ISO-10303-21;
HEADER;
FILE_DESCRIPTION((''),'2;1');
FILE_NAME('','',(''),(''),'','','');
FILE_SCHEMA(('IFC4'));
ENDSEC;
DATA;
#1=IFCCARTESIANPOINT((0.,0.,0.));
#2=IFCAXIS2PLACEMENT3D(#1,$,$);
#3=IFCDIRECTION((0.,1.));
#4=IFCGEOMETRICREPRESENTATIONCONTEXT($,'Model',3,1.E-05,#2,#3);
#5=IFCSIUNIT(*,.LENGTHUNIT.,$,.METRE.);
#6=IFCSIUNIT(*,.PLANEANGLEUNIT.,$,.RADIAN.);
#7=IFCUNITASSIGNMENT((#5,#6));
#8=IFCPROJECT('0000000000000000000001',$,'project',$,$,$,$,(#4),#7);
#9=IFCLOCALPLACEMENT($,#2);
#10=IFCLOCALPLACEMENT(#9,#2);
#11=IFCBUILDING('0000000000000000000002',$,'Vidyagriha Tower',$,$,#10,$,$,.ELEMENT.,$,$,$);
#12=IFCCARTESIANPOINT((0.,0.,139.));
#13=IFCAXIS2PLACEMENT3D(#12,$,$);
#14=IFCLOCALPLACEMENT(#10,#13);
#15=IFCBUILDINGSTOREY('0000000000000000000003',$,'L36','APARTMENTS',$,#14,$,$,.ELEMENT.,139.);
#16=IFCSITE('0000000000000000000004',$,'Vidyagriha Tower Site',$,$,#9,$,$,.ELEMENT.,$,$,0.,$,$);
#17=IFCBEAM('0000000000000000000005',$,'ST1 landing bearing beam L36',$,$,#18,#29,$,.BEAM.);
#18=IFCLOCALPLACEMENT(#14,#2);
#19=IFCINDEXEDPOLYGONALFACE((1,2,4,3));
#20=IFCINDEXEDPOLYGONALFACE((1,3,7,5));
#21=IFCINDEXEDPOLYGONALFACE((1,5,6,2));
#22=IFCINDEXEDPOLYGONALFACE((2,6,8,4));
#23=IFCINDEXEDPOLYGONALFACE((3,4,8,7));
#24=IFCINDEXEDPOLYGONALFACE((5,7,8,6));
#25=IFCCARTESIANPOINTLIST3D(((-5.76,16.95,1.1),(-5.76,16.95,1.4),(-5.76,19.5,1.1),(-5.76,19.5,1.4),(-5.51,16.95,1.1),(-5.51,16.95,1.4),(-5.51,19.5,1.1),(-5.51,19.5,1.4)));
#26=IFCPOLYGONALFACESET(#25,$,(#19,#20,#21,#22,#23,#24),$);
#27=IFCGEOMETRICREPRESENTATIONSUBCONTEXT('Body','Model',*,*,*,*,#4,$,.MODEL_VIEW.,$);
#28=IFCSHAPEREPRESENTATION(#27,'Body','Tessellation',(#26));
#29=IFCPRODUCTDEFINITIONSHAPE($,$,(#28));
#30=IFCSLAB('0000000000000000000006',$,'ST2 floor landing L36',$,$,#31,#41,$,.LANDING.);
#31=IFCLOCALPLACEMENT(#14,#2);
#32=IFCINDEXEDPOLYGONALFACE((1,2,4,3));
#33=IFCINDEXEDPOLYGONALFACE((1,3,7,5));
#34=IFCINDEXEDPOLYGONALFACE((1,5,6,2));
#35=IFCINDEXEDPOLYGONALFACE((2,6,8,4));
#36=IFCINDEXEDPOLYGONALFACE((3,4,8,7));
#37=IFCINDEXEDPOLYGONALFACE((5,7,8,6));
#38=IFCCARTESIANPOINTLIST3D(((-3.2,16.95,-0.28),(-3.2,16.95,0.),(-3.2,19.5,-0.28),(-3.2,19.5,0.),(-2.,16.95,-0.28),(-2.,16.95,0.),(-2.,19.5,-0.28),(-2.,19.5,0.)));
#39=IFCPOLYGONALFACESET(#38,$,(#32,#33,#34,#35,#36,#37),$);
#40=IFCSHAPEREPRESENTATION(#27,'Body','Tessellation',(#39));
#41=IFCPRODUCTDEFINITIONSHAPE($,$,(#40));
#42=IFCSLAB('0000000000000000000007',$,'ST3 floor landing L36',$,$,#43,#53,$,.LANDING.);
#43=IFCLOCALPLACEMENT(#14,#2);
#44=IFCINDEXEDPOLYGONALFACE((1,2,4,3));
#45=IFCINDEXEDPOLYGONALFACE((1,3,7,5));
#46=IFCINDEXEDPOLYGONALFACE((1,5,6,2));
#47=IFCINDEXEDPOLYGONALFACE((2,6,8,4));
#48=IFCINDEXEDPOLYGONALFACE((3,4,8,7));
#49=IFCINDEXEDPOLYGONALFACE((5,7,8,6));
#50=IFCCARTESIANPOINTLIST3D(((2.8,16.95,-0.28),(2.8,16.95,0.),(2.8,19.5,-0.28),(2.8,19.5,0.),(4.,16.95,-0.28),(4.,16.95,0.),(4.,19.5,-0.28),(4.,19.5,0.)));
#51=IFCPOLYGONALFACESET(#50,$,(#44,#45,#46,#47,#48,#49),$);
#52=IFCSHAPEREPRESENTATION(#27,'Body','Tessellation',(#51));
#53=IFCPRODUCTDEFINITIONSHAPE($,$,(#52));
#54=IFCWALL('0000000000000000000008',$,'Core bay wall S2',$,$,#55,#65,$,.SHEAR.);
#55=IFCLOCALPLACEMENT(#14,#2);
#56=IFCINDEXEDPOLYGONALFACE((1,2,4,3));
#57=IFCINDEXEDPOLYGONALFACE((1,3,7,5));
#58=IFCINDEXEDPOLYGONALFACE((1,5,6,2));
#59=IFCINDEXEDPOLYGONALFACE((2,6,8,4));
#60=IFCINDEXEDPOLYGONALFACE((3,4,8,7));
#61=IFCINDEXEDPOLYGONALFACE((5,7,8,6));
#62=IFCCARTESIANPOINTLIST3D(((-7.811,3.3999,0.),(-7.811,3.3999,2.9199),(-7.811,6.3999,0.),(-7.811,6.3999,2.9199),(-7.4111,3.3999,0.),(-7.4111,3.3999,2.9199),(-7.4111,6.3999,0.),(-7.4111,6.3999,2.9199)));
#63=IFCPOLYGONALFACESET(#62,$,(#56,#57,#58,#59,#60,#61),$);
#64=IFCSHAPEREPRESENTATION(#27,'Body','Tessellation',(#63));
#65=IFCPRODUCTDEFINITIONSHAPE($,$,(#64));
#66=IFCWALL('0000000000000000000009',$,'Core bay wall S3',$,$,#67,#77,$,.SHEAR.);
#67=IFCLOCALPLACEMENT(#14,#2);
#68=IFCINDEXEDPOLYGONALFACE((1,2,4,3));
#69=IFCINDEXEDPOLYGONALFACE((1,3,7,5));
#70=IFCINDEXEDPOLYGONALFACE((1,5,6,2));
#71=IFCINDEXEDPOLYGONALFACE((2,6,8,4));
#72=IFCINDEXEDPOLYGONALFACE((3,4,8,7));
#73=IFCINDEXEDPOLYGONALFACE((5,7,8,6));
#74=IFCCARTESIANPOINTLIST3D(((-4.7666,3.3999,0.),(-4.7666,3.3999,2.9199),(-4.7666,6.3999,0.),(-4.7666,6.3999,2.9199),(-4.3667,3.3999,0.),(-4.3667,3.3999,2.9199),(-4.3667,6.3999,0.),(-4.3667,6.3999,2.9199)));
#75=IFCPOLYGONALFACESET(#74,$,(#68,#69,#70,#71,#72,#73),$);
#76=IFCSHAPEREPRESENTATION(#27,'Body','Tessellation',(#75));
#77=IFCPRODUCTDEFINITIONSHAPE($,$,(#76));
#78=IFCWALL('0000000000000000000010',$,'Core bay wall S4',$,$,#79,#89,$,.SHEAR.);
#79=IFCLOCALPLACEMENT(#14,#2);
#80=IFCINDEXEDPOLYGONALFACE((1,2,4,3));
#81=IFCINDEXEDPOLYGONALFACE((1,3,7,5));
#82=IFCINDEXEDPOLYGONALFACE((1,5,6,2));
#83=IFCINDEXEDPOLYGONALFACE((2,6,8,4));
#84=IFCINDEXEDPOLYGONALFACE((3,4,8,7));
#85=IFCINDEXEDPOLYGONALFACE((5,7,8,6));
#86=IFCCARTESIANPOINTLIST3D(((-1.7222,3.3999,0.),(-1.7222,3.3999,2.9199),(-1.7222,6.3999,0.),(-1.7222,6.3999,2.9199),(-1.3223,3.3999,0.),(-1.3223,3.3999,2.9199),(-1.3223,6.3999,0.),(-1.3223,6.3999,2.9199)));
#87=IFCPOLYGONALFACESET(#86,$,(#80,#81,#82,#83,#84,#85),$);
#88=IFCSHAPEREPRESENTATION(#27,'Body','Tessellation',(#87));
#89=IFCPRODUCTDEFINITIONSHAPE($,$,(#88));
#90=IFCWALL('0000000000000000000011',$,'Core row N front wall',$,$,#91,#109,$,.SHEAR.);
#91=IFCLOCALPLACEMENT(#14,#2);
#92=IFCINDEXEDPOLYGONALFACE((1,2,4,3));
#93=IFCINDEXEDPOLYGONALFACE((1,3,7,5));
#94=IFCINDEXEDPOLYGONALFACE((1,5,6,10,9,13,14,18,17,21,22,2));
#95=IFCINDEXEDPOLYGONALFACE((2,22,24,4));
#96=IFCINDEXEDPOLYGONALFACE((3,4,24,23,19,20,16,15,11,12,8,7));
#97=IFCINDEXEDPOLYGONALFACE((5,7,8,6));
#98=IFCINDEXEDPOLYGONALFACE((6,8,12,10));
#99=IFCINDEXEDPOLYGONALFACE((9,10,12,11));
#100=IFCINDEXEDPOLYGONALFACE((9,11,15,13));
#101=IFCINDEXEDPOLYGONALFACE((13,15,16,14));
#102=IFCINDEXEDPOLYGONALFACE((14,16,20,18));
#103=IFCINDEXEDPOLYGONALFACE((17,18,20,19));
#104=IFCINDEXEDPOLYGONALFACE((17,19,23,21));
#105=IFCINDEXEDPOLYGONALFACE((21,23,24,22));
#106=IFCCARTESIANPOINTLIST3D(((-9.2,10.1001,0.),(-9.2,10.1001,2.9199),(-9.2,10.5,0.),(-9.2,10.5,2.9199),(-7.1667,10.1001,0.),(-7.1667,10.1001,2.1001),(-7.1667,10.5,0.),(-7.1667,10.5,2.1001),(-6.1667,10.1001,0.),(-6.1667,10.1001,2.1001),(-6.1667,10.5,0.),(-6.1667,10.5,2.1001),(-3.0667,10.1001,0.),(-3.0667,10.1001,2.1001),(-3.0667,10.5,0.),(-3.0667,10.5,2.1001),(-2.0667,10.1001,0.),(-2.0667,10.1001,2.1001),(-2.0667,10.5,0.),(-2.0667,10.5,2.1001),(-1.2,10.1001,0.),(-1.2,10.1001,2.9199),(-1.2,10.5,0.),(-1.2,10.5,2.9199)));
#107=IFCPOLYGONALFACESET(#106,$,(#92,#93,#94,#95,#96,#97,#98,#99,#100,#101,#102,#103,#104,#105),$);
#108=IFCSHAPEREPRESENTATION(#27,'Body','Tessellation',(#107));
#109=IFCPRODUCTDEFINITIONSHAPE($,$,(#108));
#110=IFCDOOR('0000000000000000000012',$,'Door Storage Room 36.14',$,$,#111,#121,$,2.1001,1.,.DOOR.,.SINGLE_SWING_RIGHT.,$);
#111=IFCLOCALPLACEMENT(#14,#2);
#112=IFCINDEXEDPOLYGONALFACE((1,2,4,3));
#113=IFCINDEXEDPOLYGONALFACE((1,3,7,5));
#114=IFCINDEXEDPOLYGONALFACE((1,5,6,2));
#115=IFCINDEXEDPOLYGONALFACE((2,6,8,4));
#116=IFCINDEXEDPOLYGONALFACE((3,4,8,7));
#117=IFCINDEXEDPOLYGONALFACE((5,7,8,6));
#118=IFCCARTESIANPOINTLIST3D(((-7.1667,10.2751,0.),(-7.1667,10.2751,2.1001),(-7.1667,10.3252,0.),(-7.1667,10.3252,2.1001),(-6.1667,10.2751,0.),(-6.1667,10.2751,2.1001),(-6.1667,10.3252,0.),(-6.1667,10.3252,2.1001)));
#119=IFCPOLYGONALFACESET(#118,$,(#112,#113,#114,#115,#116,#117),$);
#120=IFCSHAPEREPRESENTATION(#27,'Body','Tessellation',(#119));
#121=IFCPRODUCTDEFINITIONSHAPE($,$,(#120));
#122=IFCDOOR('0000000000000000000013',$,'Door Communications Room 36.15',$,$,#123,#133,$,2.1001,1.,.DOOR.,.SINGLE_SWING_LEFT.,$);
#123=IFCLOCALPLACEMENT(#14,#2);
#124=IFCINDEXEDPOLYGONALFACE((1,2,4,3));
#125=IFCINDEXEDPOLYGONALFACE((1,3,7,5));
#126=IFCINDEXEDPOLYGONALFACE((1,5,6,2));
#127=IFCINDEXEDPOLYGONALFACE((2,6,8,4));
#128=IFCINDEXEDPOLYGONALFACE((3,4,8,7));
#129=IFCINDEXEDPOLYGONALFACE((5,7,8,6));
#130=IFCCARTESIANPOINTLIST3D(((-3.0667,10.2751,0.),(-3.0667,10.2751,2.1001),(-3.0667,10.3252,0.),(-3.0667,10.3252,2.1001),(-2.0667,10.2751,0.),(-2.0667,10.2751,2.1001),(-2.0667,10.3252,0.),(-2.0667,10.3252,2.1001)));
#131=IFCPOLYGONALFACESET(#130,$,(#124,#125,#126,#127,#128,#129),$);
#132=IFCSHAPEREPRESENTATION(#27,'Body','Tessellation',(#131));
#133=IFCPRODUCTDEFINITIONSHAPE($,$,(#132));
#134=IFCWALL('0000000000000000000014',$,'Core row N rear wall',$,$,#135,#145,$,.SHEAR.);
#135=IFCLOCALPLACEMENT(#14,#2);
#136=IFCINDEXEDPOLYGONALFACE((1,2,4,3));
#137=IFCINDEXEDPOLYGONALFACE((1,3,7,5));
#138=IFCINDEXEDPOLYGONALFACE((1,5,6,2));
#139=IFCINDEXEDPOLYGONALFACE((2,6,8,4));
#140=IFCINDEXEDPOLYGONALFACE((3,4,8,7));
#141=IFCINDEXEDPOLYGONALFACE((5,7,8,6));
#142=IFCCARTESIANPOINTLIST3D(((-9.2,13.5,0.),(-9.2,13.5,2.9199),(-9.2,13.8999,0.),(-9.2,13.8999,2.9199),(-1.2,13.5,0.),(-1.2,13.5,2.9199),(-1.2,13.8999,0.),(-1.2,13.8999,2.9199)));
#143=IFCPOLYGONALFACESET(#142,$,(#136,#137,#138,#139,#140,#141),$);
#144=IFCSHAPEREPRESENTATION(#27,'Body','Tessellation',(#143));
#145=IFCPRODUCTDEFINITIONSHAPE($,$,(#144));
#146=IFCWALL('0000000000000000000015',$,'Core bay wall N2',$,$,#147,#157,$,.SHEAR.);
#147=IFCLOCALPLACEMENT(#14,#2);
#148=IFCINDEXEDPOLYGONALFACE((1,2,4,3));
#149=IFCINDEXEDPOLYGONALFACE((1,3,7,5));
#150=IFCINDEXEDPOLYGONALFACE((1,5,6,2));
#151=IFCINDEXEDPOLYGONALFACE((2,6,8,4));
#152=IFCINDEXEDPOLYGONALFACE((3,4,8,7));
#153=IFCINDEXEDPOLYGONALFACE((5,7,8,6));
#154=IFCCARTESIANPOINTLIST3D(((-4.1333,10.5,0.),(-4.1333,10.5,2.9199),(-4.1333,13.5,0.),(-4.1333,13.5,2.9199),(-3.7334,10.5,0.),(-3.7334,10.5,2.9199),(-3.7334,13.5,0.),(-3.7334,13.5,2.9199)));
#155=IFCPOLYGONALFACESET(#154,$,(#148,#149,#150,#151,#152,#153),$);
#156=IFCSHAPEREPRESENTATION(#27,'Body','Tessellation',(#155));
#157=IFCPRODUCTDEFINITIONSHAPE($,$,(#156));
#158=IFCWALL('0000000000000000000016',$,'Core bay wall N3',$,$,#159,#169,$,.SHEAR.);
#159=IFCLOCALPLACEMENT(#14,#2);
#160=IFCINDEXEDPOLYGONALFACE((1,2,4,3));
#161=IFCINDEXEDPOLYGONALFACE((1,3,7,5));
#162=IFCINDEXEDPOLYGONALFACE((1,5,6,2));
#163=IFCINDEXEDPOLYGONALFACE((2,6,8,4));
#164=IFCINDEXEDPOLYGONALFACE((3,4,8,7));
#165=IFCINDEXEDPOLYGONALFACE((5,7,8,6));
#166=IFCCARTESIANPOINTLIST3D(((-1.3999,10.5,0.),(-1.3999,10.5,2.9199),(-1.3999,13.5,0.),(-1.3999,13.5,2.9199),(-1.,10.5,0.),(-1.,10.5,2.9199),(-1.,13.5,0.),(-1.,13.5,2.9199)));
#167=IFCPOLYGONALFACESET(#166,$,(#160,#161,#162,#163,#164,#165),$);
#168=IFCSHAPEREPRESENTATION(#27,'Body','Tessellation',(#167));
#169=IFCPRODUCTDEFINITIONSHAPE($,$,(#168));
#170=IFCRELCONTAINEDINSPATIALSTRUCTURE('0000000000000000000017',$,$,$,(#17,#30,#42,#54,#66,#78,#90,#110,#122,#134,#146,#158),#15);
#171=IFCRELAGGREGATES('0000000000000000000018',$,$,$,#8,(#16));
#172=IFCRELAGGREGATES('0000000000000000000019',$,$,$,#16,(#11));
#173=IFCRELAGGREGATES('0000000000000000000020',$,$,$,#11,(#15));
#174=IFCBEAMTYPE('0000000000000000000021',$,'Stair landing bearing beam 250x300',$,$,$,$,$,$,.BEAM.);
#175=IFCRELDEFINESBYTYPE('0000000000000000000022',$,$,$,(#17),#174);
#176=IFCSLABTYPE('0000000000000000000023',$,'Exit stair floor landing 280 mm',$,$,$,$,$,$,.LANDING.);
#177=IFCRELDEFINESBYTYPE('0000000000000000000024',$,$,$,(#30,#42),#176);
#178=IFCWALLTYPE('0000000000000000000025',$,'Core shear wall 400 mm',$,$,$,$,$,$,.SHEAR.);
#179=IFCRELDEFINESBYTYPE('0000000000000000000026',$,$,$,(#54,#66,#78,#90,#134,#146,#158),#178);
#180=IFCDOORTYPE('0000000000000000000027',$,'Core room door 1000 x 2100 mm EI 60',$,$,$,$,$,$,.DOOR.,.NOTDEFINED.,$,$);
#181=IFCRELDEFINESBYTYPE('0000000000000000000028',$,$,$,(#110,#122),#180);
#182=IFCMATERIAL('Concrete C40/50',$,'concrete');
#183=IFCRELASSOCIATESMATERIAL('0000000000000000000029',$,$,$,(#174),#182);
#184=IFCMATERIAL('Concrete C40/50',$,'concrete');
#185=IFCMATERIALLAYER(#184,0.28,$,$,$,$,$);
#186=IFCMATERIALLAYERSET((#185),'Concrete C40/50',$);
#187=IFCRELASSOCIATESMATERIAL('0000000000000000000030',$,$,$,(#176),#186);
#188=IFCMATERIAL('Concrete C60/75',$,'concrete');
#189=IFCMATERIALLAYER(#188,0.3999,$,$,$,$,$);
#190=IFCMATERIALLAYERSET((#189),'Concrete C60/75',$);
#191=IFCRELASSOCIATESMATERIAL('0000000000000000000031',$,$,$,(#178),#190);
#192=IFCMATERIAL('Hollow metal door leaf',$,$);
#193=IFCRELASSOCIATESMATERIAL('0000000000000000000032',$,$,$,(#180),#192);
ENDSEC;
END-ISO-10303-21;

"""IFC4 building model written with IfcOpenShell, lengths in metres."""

from ifc_helpers import new_model, si_unit, direction, frame, frame_2d, origin, origin_2d, place, context, subcontext, project, spatial, polyline, rectangle, outline, extrude, material, layer, layer_set, material_profile, profile_set, type_object, element, fill, save


model = new_model("IFC4")

# Units and contexts
model_context = context("Model", 3, precision=1e-05, world=origin(), true_north=direction((0.0, 1.0)))
body_context = subcontext(model_context, "Body", "Model", "MODEL_VIEW")
ifc_project = project(units=[si_unit("LENGTHUNIT", "METRE"), si_unit("PLANEANGLEUNIT", "RADIAN")], contexts=[model_context])

# Site, building, storey
site_placement = place(None, origin())
site = spatial("IfcSite", under=ifc_project, at=site_placement, Name="Vidyagriha Tower Site", CompositionType="ELEMENT", RefElevation=0.0)
building_placement = place(site_placement, origin())
building = spatial("IfcBuilding", under=site, at=building_placement, Name="Vidyagriha Tower", CompositionType="ELEMENT")
storey_placement = place(building_placement, frame((0.0, 0.0, 139.0)))
storey = spatial("IfcBuildingStorey", under=building, at=storey_placement, Name="L36", Description="APARTMENTS", CompositionType="ELEMENT", Elevation=139.0)

# Beam
ifc_material_1 = material(Name="Concrete C40/50", Category="concrete")
ifc_material_profile = material_profile(ifc_material_1, rectangle(XDim=0.25, YDim=0.3, at=origin_2d()), Name="Stair landing bearing beam 250x300")
ifc_profile_set = profile_set([ifc_material_profile], Name="Concrete C40/50")
beam_type = type_object("IfcBeamType", Name="Stair landing bearing beam 250x300", PredefinedType="BEAM", material=ifc_profile_set)
beam_placement = place(storey_placement, frame((-5.635, 16.95, 1.25), z_axis=(0.0, 1.0, 0.0), x_axis=(-1.0, 0.0, 0.0)))
element("IfcBeam", 1, at=beam_placement, inside=storey, type_object=beam_type, Name="ST1 landing bearing beam L36", PredefinedType="BEAM", context=body_context, shape_type="SweptSolid", body=[
    extrude(rectangle(XDim=0.25, YDim=0.3, at=origin_2d()), origin(), (0.0, 0.0, 1.0), 2.55),
])

# Slabs
ifc_material_2 = material(Name="Concrete C40/50", Category="concrete")
ifc_layer_1 = layer(ifc_material_2, 0.28)
ifc_layer_set_1 = layer_set([ifc_layer_1], Name="Concrete C40/50")
slab_type = type_object("IfcSlabType", Name="Exit stair floor landing 280 mm", PredefinedType="LANDING", material=ifc_layer_set_1)
slab_1_placement = place(storey_placement, frame((0.0, 0.0, -0.28)))
element("IfcSlab", 2, at=slab_1_placement, inside=storey, type_object=slab_type, Name="ST2 floor landing L36", PredefinedType="LANDING", context=body_context, shape_type="SweptSolid", body=[
    extrude(outline(polyline([(-3.2, 16.95), (-2.0, 16.95), (-2.0, 19.5), (-3.2, 19.5), (-3.2, 16.95)])), origin(), (0.0, 0.0, 1.0), 0.28),
])
slab_2_placement = place(storey_placement, frame((0.0, 0.0, -0.28)))
element("IfcSlab", 3, at=slab_2_placement, inside=storey, type_object=slab_type, Name="ST3 floor landing L36", PredefinedType="LANDING", context=body_context, shape_type="SweptSolid", body=[
    extrude(outline(polyline([(2.8, 16.95), (4.0, 16.95), (4.0, 19.5), (2.8, 19.5), (2.8, 16.95)])), origin(), (0.0, 0.0, 1.0), 0.28),
])

# Walls
ifc_material_3 = material(Name="Concrete C60/75", Category="concrete")
ifc_layer_2 = layer(ifc_material_3, 0.3999)
ifc_layer_set_2 = layer_set([ifc_layer_2], Name="Concrete C60/75")
wall_type_1 = type_object("IfcWallType", Name="Core shear wall 400 mm", PredefinedType="SHEAR", material=ifc_layer_set_2)
for number, where, z_axis, x_axis, name in (
    (4, (-7.6111, 3.3999, 0.0), (0.0, 0.0, 1.0), (0.0, 1.0, 0.0), "Core bay wall S2"),
    (5, (-4.5667, 3.3999, 0.0), (0.0, 0.0, 1.0), (0.0, 1.0, 0.0), "Core bay wall S3"),
    (6, (-1.5222, 3.3999, 0.0), (0.0, 0.0, 1.0), (0.0, 1.0, 0.0), "Core bay wall S4"),
):
    element("IfcWall", number, at=place(storey_placement, frame(where, z_axis=z_axis, x_axis=x_axis)), inside=storey, type_object=wall_type_1, Name=name, PredefinedType="SHEAR", context=body_context, shape_type="SweptSolid", body=[
        extrude(rectangle(XDim=3.0, YDim=0.3999, at=frame_2d((1.5, 0.0))), origin(), (0.0, 0.0, 1.0), 2.9199),
    ])

# Wall, openings, doors
wall_1_placement = place(storey_placement, frame((-9.2, 10.3, 0.0)))
wall_1 = element("IfcWall", 7, at=wall_1_placement, inside=storey, type_object=wall_type_1, Name="Core row N front wall", PredefinedType="SHEAR", context=body_context, shape_type="SweptSolid", body=[
    extrude(rectangle(XDim=8.0, YDim=0.3999, at=frame_2d((4.0, 0.0))), origin(), (0.0, 0.0, 1.0), 2.9199),
])
opening_1_placement = place(wall_1_placement, frame((2.0332, 0.0, 0.0)))
opening_1 = element("IfcOpeningElement", 8, at=opening_1_placement, cuts=wall_1, PredefinedType="OPENING", context=body_context, shape_type="SweptSolid", body=[
    extrude(rectangle(XDim=1.0, YDim=2.1001, at=frame_2d((0.5, 1.05))), frame((0.0, 0.21, 0.0), z_axis=(0.0, -1.0, 0.0), x_axis=(1.0, 0.0, 0.0)), (0.0, 0.0, 1.0), 0.4199),
])
opening_2_placement = place(wall_1_placement, frame((6.1333, 0.0, 0.0)))
opening_2 = element("IfcOpeningElement", 9, at=opening_2_placement, cuts=wall_1, PredefinedType="OPENING", context=body_context, shape_type="SweptSolid", body=[
    extrude(rectangle(XDim=1.0, YDim=2.1001, at=frame_2d((0.5, 1.05))), frame((0.0, 0.21, 0.0), z_axis=(0.0, -1.0, 0.0), x_axis=(1.0, 0.0, 0.0)), (0.0, 0.0, 1.0), 0.4199),
])
ifc_material_4 = material(Name="Hollow metal door leaf")
door_type_1 = type_object("IfcDoorType", Name="Core room door 1000 x 2100 mm EI 60", OperationType="NOTDEFINED", PredefinedType="DOOR", material=ifc_material_4)
door_1_placement = place(opening_1_placement, frame((1.0, 0.0, 0.0), z_axis=(0.0, 0.0, 1.0), x_axis=(-1.0, 0.0, 0.0)))
door_1 = element("IfcDoor", 10, at=door_1_placement, inside=storey, type_object=door_type_1, Name="Door Storage Room 36.14", OperationType="SINGLE_SWING_RIGHT", OverallHeight=2.1001, OverallWidth=1.0, PredefinedType="DOOR", context=body_context, shape_type="SweptSolid", body=[
    extrude(rectangle(XDim=1.0, YDim=2.1001, at=frame_2d((0.5, 1.05))), frame((0.0, 0.0249, 0.0), z_axis=(0.0, -1.0, 0.0), x_axis=(1.0, 0.0, 0.0)), (0.0, 0.0, 1.0), 0.05),
])
fill(opening_1, door_1)
door_2_placement = place(opening_2_placement, frame((1.0, 0.0, 0.0), z_axis=(0.0, 0.0, 1.0), x_axis=(-1.0, 0.0, 0.0)))
door_2 = element("IfcDoor", 11, at=door_2_placement, inside=storey, type_object=door_type_1, Name="Door Communications Room 36.15", OperationType="SINGLE_SWING_LEFT", OverallHeight=2.1001, OverallWidth=1.0, PredefinedType="DOOR", context=body_context, shape_type="SweptSolid", body=[
    extrude(rectangle(XDim=1.0, YDim=2.1001, at=frame_2d((0.5, 1.05))), frame((0.0, 0.0249, 0.0), z_axis=(0.0, -1.0, 0.0), x_axis=(1.0, 0.0, 0.0)), (0.0, 0.0, 1.0), 0.05),
])
fill(opening_2, door_2)

# Walls
wall_2_placement = place(storey_placement, frame((-9.2, 13.7, 0.0)))
element("IfcWall", 12, at=wall_2_placement, inside=storey, type_object=wall_type_1, Name="Core row N rear wall", PredefinedType="SHEAR", context=body_context, shape_type="SweptSolid", body=[
    extrude(rectangle(XDim=8.0, YDim=0.3999, at=frame_2d((4.0, 0.0))), origin(), (0.0, 0.0, 1.0), 2.9199),
])
for number, where, z_axis, x_axis, name in (
    (13, (-3.9333, 10.5, 0.0), (0.0, 0.0, 1.0), (0.0, 1.0, 0.0), "Core bay wall N2"),
    (14, (-1.2, 10.5, 0.0), (0.0, 0.0, 1.0), (0.0, 1.0, 0.0), "Core bay wall N3"),
):
    element("IfcWall", number, at=place(storey_placement, frame(where, z_axis=z_axis, x_axis=x_axis)), inside=storey, type_object=wall_type_1, Name=name, PredefinedType="SHEAR", context=body_context, shape_type="SweptSolid", body=[
        extrude(rectangle(XDim=3.0, YDim=0.3999, at=frame_2d((1.5, 0.0))), origin(), (0.0, 0.0, 1.0), 2.9199),
    ])

save(model, "model.ifc")
